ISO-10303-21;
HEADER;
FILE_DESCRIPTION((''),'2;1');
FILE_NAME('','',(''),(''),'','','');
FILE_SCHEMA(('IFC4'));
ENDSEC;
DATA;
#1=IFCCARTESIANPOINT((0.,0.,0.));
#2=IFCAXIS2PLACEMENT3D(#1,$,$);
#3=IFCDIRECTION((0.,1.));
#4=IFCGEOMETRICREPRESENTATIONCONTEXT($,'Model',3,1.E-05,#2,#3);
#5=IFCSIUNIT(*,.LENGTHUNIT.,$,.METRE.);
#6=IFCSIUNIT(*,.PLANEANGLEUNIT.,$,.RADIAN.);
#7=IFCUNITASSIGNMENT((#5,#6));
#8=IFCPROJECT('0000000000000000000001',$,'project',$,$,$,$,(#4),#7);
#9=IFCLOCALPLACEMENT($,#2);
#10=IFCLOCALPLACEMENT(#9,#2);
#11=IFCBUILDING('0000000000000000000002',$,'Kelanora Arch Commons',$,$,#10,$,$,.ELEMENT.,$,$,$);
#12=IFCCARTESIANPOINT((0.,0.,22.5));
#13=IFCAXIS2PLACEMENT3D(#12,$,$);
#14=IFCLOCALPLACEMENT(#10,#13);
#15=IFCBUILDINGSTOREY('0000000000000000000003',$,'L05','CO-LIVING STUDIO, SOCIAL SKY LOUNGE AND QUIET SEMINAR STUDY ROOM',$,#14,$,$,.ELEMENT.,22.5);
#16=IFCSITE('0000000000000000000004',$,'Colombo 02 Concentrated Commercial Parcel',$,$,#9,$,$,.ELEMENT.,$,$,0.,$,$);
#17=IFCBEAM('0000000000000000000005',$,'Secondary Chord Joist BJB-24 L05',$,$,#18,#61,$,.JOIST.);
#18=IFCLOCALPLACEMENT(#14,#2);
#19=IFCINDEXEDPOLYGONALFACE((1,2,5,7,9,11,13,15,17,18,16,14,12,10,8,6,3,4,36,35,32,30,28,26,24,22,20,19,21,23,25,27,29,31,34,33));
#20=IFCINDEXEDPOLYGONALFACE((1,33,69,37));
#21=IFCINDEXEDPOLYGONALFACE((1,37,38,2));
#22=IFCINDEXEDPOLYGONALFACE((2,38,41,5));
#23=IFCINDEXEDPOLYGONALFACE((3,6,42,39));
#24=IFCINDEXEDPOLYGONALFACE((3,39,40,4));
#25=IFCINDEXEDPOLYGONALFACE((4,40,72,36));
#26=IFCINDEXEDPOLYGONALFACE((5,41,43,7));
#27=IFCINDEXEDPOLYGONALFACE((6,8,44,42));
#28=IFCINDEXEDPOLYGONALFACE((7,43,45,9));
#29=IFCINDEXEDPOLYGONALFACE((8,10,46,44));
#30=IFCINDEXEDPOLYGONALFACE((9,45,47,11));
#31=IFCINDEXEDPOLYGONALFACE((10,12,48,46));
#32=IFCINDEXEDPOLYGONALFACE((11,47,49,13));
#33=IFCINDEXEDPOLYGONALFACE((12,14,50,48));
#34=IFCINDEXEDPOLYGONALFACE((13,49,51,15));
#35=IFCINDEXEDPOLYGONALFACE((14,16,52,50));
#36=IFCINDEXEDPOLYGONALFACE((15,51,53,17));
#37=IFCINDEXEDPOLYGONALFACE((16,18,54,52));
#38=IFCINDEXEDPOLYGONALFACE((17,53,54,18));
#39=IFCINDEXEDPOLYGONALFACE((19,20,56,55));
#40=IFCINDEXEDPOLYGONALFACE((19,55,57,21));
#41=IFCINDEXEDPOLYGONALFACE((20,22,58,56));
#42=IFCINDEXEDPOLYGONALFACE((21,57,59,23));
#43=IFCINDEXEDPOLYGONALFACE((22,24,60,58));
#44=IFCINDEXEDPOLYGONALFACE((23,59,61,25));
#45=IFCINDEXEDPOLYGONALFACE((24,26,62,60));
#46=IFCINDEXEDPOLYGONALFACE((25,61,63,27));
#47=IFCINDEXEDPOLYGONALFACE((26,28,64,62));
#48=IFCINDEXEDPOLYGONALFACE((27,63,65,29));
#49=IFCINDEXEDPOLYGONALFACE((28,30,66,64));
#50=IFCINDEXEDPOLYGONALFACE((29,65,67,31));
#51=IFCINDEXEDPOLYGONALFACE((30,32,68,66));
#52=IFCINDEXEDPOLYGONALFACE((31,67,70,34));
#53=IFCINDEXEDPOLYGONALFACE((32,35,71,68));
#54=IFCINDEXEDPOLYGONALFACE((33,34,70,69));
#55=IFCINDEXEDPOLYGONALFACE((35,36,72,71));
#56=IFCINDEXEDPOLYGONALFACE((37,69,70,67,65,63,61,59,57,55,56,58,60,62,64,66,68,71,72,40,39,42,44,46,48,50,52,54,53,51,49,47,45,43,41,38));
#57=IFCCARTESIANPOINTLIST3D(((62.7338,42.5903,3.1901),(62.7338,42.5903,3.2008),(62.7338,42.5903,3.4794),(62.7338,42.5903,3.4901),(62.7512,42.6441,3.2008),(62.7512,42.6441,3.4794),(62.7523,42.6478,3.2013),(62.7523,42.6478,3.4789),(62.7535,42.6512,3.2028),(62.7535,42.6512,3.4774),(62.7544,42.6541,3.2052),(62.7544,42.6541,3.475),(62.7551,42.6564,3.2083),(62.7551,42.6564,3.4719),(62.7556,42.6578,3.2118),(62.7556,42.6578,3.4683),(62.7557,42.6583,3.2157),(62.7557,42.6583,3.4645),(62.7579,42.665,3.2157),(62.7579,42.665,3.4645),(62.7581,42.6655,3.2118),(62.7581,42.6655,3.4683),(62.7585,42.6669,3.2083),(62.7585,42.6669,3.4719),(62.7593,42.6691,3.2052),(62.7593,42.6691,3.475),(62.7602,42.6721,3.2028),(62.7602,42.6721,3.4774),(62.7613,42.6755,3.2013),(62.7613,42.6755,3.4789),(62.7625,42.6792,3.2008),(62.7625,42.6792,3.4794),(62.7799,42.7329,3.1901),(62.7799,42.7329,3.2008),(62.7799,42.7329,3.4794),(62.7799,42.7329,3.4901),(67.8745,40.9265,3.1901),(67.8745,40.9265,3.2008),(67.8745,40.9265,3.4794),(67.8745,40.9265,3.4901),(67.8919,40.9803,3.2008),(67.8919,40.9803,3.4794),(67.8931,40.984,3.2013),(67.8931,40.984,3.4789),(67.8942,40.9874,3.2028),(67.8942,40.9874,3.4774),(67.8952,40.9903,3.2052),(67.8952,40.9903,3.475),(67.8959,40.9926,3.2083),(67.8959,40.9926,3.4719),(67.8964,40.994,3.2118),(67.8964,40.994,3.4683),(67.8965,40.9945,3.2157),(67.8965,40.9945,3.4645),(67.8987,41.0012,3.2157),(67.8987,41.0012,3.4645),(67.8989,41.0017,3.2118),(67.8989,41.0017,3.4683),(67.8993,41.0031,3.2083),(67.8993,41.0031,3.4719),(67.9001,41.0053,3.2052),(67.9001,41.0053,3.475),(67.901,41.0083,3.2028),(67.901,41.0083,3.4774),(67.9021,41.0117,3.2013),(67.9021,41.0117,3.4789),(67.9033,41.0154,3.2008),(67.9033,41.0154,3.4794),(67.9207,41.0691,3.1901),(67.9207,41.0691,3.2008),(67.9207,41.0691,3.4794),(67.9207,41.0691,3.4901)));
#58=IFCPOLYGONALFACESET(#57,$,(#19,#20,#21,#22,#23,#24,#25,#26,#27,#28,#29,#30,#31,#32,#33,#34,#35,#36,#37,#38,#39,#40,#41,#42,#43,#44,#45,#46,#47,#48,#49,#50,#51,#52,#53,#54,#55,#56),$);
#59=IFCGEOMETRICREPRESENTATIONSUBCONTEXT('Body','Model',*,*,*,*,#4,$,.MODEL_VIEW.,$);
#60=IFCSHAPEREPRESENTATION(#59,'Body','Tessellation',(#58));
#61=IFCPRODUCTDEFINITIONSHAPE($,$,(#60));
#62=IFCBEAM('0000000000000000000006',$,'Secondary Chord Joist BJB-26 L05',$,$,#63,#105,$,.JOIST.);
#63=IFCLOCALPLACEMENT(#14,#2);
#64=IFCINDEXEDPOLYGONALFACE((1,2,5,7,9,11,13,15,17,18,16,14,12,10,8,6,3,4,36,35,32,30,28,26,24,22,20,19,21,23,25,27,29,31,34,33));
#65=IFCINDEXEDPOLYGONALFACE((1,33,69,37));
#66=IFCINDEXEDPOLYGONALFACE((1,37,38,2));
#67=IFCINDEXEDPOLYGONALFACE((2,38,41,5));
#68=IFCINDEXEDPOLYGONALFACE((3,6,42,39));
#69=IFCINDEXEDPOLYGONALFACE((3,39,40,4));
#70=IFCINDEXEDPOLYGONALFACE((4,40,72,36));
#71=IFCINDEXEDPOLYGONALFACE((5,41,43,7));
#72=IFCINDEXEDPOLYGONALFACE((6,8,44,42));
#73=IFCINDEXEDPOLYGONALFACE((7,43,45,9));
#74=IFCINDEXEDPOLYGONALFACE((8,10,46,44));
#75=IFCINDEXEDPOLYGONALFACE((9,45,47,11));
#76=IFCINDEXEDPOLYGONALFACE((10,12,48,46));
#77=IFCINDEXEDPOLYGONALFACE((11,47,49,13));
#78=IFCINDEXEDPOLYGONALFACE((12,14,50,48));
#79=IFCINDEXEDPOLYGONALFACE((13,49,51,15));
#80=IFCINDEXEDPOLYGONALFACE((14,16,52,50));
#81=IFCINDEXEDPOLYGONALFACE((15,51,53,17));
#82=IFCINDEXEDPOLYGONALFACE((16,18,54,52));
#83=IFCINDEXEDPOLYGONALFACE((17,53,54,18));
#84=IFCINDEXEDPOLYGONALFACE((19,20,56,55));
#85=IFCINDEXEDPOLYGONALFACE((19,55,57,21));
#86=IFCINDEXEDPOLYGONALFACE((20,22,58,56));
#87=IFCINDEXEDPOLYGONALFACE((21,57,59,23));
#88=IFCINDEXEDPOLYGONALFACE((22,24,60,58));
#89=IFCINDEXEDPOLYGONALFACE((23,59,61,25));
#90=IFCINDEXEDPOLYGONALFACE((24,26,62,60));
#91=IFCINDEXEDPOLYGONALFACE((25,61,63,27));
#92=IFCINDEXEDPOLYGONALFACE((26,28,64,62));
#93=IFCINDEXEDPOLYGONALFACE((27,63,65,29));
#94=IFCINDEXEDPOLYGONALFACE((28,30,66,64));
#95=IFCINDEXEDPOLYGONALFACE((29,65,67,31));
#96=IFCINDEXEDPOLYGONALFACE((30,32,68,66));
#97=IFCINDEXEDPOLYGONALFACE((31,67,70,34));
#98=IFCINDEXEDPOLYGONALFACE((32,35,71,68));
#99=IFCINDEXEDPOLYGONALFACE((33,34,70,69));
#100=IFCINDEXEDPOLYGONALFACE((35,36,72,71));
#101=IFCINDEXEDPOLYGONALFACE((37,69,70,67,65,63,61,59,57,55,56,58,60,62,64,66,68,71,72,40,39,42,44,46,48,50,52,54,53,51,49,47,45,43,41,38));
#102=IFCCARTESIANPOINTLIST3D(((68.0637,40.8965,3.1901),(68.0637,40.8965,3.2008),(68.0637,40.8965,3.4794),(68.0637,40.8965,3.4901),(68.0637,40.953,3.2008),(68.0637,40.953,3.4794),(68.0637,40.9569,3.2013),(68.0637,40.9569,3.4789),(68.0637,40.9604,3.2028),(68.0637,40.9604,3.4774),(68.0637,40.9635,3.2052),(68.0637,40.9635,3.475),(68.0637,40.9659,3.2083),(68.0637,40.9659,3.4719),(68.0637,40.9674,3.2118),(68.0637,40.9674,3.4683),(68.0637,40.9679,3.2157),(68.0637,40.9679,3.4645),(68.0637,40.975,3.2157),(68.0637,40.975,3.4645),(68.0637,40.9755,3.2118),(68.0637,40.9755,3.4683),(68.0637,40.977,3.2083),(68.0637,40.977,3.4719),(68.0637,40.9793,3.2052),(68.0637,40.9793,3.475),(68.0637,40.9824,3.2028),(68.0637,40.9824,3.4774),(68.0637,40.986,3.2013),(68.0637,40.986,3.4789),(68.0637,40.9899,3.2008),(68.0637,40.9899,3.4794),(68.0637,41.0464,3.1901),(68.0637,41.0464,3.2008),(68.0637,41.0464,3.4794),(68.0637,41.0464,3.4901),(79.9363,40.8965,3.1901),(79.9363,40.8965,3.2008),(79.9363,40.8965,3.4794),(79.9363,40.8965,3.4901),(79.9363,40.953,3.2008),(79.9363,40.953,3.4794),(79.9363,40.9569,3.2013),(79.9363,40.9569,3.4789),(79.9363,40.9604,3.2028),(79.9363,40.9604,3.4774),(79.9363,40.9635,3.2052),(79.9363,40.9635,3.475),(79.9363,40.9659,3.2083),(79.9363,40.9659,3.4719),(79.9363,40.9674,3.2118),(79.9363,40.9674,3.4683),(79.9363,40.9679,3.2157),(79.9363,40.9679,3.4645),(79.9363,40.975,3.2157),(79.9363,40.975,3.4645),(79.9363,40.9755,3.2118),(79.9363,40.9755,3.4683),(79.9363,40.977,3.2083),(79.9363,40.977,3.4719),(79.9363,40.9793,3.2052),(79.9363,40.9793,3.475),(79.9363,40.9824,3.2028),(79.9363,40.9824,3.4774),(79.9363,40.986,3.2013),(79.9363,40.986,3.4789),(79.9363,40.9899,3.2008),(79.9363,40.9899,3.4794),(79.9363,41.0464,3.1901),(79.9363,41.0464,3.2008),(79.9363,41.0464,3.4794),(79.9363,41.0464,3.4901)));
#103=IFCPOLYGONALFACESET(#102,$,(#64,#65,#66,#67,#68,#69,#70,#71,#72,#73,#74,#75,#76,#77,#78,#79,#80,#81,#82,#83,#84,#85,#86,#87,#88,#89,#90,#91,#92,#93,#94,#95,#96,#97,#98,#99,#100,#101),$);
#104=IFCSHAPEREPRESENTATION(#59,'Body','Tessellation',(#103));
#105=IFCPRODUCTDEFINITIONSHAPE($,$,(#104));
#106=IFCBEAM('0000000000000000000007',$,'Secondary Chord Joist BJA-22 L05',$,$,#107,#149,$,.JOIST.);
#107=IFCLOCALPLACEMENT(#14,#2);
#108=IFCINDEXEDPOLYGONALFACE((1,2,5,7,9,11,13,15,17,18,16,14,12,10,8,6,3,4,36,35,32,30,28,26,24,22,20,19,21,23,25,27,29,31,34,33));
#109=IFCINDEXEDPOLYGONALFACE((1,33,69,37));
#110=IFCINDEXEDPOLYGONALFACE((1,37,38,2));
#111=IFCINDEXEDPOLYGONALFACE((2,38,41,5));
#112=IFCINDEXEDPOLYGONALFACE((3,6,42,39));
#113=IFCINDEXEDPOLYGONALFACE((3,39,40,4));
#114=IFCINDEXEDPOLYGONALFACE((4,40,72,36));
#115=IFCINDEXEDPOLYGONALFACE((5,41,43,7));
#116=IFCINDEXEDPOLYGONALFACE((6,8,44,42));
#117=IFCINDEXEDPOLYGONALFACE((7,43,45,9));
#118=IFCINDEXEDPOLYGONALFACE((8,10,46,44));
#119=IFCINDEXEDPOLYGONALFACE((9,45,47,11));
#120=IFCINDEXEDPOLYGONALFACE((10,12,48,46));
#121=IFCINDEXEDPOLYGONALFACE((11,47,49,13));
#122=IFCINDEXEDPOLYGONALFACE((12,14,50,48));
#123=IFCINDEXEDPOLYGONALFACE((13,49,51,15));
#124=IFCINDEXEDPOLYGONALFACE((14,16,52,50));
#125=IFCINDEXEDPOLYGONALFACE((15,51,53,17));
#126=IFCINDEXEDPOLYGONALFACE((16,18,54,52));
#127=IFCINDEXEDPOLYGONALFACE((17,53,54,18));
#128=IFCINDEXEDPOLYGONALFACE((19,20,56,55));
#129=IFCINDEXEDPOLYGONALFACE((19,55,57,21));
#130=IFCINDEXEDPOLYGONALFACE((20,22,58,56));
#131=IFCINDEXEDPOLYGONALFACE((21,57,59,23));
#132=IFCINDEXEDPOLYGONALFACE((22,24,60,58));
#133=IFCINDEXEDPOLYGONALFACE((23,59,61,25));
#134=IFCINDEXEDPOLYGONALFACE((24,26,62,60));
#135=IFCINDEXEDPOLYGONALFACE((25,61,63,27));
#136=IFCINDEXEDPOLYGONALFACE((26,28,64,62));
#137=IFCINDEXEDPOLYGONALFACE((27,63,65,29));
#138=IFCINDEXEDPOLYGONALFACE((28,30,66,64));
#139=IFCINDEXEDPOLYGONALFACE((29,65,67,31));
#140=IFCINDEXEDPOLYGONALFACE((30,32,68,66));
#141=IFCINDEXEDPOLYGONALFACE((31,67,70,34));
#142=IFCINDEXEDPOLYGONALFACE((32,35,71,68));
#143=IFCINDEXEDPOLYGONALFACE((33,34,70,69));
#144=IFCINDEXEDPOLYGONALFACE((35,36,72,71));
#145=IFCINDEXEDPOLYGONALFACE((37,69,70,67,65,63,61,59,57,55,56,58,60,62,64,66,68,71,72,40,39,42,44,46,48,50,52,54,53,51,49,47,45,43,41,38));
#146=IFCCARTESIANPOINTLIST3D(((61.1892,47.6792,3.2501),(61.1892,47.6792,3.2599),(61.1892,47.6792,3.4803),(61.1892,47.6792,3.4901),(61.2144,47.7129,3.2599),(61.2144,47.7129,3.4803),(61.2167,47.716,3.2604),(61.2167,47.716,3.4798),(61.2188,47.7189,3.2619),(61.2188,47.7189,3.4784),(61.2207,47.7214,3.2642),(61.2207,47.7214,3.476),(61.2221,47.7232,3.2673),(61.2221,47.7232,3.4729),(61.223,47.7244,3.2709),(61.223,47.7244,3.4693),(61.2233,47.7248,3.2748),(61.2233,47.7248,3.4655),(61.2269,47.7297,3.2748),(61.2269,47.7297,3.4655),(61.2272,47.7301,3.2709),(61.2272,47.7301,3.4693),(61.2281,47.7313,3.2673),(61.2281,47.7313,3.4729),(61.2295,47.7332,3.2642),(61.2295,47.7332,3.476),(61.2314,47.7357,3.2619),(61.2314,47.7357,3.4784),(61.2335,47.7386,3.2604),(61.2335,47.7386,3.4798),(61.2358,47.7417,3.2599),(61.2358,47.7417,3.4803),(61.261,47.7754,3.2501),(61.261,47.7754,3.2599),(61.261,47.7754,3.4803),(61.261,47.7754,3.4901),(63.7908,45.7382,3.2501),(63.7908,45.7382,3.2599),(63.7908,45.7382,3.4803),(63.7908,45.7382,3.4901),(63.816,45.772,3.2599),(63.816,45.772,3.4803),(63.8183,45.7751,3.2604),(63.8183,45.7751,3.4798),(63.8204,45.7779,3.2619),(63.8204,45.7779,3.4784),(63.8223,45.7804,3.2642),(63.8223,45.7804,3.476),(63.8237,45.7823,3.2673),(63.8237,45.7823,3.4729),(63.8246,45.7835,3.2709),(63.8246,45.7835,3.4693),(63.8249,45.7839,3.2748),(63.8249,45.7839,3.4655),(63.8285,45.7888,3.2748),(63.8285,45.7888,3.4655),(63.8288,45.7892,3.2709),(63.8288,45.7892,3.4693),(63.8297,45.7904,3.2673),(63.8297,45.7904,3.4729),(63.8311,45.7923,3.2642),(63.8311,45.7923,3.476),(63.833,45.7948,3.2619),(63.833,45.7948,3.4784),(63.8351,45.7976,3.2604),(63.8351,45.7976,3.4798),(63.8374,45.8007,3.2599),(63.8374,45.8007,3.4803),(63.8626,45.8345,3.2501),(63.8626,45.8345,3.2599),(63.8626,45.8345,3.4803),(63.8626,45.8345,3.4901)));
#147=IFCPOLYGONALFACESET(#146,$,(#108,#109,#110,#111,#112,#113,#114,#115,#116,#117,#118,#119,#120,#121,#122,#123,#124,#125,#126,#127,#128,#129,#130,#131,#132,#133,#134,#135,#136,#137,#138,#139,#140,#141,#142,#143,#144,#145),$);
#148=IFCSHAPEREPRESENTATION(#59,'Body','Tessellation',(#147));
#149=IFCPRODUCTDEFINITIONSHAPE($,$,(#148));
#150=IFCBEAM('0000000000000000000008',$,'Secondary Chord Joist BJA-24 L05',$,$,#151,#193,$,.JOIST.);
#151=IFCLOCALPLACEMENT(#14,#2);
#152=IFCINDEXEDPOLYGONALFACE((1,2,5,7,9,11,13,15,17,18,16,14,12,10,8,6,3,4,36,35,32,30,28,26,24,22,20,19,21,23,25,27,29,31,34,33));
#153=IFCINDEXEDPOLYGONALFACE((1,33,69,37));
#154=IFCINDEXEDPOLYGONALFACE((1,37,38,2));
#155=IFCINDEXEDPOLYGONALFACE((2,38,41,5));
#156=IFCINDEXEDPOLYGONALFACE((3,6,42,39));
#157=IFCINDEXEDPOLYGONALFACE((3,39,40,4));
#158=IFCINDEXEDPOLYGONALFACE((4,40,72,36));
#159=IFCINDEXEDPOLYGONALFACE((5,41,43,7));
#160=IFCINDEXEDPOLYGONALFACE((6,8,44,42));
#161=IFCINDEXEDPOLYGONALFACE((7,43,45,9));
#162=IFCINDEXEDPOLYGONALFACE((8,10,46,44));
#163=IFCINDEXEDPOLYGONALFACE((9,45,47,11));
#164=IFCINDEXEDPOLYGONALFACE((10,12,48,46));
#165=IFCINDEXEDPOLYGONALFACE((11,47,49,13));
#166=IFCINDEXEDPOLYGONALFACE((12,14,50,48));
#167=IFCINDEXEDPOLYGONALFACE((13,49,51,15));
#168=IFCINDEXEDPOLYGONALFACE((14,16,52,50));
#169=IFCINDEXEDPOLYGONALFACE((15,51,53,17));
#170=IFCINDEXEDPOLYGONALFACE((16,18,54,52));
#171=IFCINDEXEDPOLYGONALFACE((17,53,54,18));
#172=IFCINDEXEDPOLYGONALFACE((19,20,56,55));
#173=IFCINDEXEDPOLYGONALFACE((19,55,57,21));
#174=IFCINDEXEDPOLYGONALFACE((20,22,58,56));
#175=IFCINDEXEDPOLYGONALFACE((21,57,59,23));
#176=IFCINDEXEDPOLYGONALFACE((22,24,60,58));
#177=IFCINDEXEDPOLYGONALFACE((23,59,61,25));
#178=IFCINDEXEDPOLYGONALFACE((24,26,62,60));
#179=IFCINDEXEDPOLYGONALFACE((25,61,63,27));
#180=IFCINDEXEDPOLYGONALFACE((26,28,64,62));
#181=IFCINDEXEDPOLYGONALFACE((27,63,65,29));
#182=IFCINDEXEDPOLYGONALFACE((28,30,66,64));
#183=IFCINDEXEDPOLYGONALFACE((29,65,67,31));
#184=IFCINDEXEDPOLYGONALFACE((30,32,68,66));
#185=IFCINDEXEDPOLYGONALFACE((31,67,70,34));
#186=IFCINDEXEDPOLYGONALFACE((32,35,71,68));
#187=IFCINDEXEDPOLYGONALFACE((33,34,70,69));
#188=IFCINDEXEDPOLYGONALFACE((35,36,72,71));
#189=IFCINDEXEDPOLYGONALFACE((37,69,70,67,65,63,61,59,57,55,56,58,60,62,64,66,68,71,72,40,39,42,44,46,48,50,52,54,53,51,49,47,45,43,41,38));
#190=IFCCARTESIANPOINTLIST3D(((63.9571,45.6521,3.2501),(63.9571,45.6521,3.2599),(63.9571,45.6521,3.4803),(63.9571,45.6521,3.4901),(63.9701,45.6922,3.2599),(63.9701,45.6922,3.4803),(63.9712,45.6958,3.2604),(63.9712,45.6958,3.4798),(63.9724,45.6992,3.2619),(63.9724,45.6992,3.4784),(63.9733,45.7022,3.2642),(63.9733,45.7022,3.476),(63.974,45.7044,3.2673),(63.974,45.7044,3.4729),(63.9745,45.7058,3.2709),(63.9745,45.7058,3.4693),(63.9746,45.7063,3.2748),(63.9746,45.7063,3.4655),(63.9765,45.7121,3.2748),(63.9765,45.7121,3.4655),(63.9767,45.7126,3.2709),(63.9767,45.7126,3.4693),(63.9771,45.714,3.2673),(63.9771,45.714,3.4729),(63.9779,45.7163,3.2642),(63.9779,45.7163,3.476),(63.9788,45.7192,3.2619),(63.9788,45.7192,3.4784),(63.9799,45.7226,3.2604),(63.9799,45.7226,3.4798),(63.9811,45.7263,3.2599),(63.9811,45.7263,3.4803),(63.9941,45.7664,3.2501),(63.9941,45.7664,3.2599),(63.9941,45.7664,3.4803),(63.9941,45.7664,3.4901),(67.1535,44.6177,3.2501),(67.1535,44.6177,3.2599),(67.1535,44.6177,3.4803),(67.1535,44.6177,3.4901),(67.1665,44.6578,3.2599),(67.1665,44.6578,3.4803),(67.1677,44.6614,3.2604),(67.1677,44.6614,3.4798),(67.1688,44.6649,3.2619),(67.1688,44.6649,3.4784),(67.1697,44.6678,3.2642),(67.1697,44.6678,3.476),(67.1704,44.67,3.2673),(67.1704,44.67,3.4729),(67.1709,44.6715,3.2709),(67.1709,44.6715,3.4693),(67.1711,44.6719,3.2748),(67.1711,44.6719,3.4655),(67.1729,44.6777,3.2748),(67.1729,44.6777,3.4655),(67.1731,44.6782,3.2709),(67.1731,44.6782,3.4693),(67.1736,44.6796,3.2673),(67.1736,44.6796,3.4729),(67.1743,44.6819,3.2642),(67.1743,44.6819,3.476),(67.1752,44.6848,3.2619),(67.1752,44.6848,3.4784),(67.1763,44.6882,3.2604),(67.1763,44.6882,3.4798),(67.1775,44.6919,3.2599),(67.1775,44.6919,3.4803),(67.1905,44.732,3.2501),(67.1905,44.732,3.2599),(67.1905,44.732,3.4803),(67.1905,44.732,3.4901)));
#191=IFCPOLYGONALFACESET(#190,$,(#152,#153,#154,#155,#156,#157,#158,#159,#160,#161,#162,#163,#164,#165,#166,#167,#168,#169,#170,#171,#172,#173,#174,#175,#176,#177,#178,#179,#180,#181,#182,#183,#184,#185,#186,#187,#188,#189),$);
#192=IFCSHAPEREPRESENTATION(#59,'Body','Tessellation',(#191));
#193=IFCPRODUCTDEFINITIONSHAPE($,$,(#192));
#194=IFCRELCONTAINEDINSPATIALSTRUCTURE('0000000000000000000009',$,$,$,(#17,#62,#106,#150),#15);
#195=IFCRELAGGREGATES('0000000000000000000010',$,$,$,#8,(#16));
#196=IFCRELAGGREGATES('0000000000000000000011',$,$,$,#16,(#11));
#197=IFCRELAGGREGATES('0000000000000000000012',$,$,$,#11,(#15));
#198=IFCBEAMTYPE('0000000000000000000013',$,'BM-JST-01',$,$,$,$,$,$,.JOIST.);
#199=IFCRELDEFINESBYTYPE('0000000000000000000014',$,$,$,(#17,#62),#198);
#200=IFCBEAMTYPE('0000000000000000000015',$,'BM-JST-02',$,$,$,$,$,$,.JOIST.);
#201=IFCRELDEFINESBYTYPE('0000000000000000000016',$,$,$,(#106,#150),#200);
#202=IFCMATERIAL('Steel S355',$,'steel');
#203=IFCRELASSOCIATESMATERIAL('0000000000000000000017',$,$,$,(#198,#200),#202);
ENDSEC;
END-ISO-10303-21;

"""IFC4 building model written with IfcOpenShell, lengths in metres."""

from ifc_helpers import new_model, si_unit, direction, frame, origin, origin_2d, place, context, subcontext, project, spatial, i_section, extrude, material, material_profile, profile_set, type_object, element, save


model = new_model("IFC4")

# Units and contexts
model_context = context("Model", 3, precision=1e-05, world=origin(), true_north=direction((0.0, 1.0)))
body_context = subcontext(model_context, "Body", "Model", "MODEL_VIEW")
ifc_project = project(units=[si_unit("LENGTHUNIT", "METRE"), si_unit("PLANEANGLEUNIT", "RADIAN")], contexts=[model_context])

# Site, building, storey
site_placement = place(None, origin())
site = spatial("IfcSite", under=ifc_project, at=site_placement, Name="Colombo 02 Concentrated Commercial Parcel", CompositionType="ELEMENT", RefElevation=0.0)
building_placement = place(site_placement, origin())
building = spatial("IfcBuilding", under=site, at=building_placement, Name="Kelanora Arch Commons", CompositionType="ELEMENT")
storey_placement = place(building_placement, frame((0.0, 0.0, 22.5)))
storey = spatial("IfcBuildingStorey", under=building, at=storey_placement, Name="L05", Description="CO-LIVING STUDIO, SOCIAL SKY LOUNGE AND QUIET SEMINAR STUDY ROOM", CompositionType="ELEMENT", Elevation=22.5)

# Beams
ifc_material_1 = material(Name="Steel S355", Category="steel")
ifc_material_profile_1 = material_profile(ifc_material_1, i_section(OverallWidth=0.1499, OverallDepth=0.3, WebThickness=0.0071, FlangeThickness=0.0107, FilletRadius=0.0149, at=origin_2d()), Name="IPE300")
ifc_profile_set_1 = profile_set([ifc_material_profile_1], Name="Steel S355")
beam_type_1 = type_object("IfcBeamType", Name="BM-JST-01", PredefinedType="JOIST", material=ifc_profile_set_1)
beam_1_placement = place(storey_placement, frame((62.7568, 42.6616, 3.3401), z_axis=(0.951412, -0.30792, 0.0), x_axis=(0.30792, 0.951412, 0.0)))
element("IfcBeam", 1, at=beam_1_placement, inside=storey, type_object=beam_type_1, Name="Secondary Chord Joist BJB-24 L05", PredefinedType="JOIST", context=body_context, shape_type="SweptSolid", body=[
    extrude(i_section(OverallWidth=0.1499, OverallDepth=0.3, WebThickness=0.0071, FlangeThickness=0.0107, FilletRadius=0.0149, at=origin_2d()), origin(), (0.0, 0.0, 1.0), 5.4033),
])
beam_2_placement = place(storey_placement, frame((68.0637, 40.9714, 3.3401), z_axis=(1.0, 0.0, 0.0), x_axis=(0.0, 1.0, 0.0)))
element("IfcBeam", 2, at=beam_2_placement, inside=storey, type_object=beam_type_1, Name="Secondary Chord Joist BJB-26 L05", PredefinedType="JOIST", context=body_context, shape_type="SweptSolid", body=[
    extrude(i_section(OverallWidth=0.1499, OverallDepth=0.3, WebThickness=0.0071, FlangeThickness=0.0107, FilletRadius=0.0149, at=origin_2d()), origin(), (0.0, 0.0, 1.0), 11.8726),
])
ifc_material_profile_2 = material_profile(ifc_material_1, i_section(OverallWidth=0.1201, OverallDepth=0.24, WebThickness=0.0061, FlangeThickness=0.0098, FilletRadius=0.0149, at=origin_2d()), Name="IPE240")
ifc_profile_set_2 = profile_set([ifc_material_profile_2], Name="Steel S355")
beam_type_2 = type_object("IfcBeamType", Name="BM-JST-02", PredefinedType="JOIST", material=ifc_profile_set_2)
beam_3_placement = place(storey_placement, frame((61.2251, 47.7273, 3.3701), z_axis=(0.801514, -0.597976, 0.0), x_axis=(0.597976, 0.801514, 0.0)))
element("IfcBeam", 3, at=beam_3_placement, inside=storey, type_object=beam_type_2, Name="Secondary Chord Joist BJA-22 L05", PredefinedType="JOIST", context=body_context, shape_type="SweptSolid", body=[
    extrude(i_section(OverallWidth=0.1201, OverallDepth=0.24, WebThickness=0.0061, FlangeThickness=0.0098, FilletRadius=0.0149, at=origin_2d()), origin(), (0.0, 0.0, 1.0), 3.2458),
])
beam_4_placement = place(storey_placement, frame((63.9756, 45.7092, 3.3701), z_axis=(0.951423, -0.307888, 0.0), x_axis=(0.307888, 0.951423, 0.0)))
element("IfcBeam", 4, at=beam_4_placement, inside=storey, type_object=beam_type_2, Name="Secondary Chord Joist BJA-24 L05", PredefinedType="JOIST", context=body_context, shape_type="SweptSolid", body=[
    extrude(i_section(OverallWidth=0.1201, OverallDepth=0.24, WebThickness=0.0061, FlangeThickness=0.0098, FilletRadius=0.0149, at=origin_2d()), origin(), (0.0, 0.0, 1.0), 3.3596),
])

save(model, "model.ifc")
